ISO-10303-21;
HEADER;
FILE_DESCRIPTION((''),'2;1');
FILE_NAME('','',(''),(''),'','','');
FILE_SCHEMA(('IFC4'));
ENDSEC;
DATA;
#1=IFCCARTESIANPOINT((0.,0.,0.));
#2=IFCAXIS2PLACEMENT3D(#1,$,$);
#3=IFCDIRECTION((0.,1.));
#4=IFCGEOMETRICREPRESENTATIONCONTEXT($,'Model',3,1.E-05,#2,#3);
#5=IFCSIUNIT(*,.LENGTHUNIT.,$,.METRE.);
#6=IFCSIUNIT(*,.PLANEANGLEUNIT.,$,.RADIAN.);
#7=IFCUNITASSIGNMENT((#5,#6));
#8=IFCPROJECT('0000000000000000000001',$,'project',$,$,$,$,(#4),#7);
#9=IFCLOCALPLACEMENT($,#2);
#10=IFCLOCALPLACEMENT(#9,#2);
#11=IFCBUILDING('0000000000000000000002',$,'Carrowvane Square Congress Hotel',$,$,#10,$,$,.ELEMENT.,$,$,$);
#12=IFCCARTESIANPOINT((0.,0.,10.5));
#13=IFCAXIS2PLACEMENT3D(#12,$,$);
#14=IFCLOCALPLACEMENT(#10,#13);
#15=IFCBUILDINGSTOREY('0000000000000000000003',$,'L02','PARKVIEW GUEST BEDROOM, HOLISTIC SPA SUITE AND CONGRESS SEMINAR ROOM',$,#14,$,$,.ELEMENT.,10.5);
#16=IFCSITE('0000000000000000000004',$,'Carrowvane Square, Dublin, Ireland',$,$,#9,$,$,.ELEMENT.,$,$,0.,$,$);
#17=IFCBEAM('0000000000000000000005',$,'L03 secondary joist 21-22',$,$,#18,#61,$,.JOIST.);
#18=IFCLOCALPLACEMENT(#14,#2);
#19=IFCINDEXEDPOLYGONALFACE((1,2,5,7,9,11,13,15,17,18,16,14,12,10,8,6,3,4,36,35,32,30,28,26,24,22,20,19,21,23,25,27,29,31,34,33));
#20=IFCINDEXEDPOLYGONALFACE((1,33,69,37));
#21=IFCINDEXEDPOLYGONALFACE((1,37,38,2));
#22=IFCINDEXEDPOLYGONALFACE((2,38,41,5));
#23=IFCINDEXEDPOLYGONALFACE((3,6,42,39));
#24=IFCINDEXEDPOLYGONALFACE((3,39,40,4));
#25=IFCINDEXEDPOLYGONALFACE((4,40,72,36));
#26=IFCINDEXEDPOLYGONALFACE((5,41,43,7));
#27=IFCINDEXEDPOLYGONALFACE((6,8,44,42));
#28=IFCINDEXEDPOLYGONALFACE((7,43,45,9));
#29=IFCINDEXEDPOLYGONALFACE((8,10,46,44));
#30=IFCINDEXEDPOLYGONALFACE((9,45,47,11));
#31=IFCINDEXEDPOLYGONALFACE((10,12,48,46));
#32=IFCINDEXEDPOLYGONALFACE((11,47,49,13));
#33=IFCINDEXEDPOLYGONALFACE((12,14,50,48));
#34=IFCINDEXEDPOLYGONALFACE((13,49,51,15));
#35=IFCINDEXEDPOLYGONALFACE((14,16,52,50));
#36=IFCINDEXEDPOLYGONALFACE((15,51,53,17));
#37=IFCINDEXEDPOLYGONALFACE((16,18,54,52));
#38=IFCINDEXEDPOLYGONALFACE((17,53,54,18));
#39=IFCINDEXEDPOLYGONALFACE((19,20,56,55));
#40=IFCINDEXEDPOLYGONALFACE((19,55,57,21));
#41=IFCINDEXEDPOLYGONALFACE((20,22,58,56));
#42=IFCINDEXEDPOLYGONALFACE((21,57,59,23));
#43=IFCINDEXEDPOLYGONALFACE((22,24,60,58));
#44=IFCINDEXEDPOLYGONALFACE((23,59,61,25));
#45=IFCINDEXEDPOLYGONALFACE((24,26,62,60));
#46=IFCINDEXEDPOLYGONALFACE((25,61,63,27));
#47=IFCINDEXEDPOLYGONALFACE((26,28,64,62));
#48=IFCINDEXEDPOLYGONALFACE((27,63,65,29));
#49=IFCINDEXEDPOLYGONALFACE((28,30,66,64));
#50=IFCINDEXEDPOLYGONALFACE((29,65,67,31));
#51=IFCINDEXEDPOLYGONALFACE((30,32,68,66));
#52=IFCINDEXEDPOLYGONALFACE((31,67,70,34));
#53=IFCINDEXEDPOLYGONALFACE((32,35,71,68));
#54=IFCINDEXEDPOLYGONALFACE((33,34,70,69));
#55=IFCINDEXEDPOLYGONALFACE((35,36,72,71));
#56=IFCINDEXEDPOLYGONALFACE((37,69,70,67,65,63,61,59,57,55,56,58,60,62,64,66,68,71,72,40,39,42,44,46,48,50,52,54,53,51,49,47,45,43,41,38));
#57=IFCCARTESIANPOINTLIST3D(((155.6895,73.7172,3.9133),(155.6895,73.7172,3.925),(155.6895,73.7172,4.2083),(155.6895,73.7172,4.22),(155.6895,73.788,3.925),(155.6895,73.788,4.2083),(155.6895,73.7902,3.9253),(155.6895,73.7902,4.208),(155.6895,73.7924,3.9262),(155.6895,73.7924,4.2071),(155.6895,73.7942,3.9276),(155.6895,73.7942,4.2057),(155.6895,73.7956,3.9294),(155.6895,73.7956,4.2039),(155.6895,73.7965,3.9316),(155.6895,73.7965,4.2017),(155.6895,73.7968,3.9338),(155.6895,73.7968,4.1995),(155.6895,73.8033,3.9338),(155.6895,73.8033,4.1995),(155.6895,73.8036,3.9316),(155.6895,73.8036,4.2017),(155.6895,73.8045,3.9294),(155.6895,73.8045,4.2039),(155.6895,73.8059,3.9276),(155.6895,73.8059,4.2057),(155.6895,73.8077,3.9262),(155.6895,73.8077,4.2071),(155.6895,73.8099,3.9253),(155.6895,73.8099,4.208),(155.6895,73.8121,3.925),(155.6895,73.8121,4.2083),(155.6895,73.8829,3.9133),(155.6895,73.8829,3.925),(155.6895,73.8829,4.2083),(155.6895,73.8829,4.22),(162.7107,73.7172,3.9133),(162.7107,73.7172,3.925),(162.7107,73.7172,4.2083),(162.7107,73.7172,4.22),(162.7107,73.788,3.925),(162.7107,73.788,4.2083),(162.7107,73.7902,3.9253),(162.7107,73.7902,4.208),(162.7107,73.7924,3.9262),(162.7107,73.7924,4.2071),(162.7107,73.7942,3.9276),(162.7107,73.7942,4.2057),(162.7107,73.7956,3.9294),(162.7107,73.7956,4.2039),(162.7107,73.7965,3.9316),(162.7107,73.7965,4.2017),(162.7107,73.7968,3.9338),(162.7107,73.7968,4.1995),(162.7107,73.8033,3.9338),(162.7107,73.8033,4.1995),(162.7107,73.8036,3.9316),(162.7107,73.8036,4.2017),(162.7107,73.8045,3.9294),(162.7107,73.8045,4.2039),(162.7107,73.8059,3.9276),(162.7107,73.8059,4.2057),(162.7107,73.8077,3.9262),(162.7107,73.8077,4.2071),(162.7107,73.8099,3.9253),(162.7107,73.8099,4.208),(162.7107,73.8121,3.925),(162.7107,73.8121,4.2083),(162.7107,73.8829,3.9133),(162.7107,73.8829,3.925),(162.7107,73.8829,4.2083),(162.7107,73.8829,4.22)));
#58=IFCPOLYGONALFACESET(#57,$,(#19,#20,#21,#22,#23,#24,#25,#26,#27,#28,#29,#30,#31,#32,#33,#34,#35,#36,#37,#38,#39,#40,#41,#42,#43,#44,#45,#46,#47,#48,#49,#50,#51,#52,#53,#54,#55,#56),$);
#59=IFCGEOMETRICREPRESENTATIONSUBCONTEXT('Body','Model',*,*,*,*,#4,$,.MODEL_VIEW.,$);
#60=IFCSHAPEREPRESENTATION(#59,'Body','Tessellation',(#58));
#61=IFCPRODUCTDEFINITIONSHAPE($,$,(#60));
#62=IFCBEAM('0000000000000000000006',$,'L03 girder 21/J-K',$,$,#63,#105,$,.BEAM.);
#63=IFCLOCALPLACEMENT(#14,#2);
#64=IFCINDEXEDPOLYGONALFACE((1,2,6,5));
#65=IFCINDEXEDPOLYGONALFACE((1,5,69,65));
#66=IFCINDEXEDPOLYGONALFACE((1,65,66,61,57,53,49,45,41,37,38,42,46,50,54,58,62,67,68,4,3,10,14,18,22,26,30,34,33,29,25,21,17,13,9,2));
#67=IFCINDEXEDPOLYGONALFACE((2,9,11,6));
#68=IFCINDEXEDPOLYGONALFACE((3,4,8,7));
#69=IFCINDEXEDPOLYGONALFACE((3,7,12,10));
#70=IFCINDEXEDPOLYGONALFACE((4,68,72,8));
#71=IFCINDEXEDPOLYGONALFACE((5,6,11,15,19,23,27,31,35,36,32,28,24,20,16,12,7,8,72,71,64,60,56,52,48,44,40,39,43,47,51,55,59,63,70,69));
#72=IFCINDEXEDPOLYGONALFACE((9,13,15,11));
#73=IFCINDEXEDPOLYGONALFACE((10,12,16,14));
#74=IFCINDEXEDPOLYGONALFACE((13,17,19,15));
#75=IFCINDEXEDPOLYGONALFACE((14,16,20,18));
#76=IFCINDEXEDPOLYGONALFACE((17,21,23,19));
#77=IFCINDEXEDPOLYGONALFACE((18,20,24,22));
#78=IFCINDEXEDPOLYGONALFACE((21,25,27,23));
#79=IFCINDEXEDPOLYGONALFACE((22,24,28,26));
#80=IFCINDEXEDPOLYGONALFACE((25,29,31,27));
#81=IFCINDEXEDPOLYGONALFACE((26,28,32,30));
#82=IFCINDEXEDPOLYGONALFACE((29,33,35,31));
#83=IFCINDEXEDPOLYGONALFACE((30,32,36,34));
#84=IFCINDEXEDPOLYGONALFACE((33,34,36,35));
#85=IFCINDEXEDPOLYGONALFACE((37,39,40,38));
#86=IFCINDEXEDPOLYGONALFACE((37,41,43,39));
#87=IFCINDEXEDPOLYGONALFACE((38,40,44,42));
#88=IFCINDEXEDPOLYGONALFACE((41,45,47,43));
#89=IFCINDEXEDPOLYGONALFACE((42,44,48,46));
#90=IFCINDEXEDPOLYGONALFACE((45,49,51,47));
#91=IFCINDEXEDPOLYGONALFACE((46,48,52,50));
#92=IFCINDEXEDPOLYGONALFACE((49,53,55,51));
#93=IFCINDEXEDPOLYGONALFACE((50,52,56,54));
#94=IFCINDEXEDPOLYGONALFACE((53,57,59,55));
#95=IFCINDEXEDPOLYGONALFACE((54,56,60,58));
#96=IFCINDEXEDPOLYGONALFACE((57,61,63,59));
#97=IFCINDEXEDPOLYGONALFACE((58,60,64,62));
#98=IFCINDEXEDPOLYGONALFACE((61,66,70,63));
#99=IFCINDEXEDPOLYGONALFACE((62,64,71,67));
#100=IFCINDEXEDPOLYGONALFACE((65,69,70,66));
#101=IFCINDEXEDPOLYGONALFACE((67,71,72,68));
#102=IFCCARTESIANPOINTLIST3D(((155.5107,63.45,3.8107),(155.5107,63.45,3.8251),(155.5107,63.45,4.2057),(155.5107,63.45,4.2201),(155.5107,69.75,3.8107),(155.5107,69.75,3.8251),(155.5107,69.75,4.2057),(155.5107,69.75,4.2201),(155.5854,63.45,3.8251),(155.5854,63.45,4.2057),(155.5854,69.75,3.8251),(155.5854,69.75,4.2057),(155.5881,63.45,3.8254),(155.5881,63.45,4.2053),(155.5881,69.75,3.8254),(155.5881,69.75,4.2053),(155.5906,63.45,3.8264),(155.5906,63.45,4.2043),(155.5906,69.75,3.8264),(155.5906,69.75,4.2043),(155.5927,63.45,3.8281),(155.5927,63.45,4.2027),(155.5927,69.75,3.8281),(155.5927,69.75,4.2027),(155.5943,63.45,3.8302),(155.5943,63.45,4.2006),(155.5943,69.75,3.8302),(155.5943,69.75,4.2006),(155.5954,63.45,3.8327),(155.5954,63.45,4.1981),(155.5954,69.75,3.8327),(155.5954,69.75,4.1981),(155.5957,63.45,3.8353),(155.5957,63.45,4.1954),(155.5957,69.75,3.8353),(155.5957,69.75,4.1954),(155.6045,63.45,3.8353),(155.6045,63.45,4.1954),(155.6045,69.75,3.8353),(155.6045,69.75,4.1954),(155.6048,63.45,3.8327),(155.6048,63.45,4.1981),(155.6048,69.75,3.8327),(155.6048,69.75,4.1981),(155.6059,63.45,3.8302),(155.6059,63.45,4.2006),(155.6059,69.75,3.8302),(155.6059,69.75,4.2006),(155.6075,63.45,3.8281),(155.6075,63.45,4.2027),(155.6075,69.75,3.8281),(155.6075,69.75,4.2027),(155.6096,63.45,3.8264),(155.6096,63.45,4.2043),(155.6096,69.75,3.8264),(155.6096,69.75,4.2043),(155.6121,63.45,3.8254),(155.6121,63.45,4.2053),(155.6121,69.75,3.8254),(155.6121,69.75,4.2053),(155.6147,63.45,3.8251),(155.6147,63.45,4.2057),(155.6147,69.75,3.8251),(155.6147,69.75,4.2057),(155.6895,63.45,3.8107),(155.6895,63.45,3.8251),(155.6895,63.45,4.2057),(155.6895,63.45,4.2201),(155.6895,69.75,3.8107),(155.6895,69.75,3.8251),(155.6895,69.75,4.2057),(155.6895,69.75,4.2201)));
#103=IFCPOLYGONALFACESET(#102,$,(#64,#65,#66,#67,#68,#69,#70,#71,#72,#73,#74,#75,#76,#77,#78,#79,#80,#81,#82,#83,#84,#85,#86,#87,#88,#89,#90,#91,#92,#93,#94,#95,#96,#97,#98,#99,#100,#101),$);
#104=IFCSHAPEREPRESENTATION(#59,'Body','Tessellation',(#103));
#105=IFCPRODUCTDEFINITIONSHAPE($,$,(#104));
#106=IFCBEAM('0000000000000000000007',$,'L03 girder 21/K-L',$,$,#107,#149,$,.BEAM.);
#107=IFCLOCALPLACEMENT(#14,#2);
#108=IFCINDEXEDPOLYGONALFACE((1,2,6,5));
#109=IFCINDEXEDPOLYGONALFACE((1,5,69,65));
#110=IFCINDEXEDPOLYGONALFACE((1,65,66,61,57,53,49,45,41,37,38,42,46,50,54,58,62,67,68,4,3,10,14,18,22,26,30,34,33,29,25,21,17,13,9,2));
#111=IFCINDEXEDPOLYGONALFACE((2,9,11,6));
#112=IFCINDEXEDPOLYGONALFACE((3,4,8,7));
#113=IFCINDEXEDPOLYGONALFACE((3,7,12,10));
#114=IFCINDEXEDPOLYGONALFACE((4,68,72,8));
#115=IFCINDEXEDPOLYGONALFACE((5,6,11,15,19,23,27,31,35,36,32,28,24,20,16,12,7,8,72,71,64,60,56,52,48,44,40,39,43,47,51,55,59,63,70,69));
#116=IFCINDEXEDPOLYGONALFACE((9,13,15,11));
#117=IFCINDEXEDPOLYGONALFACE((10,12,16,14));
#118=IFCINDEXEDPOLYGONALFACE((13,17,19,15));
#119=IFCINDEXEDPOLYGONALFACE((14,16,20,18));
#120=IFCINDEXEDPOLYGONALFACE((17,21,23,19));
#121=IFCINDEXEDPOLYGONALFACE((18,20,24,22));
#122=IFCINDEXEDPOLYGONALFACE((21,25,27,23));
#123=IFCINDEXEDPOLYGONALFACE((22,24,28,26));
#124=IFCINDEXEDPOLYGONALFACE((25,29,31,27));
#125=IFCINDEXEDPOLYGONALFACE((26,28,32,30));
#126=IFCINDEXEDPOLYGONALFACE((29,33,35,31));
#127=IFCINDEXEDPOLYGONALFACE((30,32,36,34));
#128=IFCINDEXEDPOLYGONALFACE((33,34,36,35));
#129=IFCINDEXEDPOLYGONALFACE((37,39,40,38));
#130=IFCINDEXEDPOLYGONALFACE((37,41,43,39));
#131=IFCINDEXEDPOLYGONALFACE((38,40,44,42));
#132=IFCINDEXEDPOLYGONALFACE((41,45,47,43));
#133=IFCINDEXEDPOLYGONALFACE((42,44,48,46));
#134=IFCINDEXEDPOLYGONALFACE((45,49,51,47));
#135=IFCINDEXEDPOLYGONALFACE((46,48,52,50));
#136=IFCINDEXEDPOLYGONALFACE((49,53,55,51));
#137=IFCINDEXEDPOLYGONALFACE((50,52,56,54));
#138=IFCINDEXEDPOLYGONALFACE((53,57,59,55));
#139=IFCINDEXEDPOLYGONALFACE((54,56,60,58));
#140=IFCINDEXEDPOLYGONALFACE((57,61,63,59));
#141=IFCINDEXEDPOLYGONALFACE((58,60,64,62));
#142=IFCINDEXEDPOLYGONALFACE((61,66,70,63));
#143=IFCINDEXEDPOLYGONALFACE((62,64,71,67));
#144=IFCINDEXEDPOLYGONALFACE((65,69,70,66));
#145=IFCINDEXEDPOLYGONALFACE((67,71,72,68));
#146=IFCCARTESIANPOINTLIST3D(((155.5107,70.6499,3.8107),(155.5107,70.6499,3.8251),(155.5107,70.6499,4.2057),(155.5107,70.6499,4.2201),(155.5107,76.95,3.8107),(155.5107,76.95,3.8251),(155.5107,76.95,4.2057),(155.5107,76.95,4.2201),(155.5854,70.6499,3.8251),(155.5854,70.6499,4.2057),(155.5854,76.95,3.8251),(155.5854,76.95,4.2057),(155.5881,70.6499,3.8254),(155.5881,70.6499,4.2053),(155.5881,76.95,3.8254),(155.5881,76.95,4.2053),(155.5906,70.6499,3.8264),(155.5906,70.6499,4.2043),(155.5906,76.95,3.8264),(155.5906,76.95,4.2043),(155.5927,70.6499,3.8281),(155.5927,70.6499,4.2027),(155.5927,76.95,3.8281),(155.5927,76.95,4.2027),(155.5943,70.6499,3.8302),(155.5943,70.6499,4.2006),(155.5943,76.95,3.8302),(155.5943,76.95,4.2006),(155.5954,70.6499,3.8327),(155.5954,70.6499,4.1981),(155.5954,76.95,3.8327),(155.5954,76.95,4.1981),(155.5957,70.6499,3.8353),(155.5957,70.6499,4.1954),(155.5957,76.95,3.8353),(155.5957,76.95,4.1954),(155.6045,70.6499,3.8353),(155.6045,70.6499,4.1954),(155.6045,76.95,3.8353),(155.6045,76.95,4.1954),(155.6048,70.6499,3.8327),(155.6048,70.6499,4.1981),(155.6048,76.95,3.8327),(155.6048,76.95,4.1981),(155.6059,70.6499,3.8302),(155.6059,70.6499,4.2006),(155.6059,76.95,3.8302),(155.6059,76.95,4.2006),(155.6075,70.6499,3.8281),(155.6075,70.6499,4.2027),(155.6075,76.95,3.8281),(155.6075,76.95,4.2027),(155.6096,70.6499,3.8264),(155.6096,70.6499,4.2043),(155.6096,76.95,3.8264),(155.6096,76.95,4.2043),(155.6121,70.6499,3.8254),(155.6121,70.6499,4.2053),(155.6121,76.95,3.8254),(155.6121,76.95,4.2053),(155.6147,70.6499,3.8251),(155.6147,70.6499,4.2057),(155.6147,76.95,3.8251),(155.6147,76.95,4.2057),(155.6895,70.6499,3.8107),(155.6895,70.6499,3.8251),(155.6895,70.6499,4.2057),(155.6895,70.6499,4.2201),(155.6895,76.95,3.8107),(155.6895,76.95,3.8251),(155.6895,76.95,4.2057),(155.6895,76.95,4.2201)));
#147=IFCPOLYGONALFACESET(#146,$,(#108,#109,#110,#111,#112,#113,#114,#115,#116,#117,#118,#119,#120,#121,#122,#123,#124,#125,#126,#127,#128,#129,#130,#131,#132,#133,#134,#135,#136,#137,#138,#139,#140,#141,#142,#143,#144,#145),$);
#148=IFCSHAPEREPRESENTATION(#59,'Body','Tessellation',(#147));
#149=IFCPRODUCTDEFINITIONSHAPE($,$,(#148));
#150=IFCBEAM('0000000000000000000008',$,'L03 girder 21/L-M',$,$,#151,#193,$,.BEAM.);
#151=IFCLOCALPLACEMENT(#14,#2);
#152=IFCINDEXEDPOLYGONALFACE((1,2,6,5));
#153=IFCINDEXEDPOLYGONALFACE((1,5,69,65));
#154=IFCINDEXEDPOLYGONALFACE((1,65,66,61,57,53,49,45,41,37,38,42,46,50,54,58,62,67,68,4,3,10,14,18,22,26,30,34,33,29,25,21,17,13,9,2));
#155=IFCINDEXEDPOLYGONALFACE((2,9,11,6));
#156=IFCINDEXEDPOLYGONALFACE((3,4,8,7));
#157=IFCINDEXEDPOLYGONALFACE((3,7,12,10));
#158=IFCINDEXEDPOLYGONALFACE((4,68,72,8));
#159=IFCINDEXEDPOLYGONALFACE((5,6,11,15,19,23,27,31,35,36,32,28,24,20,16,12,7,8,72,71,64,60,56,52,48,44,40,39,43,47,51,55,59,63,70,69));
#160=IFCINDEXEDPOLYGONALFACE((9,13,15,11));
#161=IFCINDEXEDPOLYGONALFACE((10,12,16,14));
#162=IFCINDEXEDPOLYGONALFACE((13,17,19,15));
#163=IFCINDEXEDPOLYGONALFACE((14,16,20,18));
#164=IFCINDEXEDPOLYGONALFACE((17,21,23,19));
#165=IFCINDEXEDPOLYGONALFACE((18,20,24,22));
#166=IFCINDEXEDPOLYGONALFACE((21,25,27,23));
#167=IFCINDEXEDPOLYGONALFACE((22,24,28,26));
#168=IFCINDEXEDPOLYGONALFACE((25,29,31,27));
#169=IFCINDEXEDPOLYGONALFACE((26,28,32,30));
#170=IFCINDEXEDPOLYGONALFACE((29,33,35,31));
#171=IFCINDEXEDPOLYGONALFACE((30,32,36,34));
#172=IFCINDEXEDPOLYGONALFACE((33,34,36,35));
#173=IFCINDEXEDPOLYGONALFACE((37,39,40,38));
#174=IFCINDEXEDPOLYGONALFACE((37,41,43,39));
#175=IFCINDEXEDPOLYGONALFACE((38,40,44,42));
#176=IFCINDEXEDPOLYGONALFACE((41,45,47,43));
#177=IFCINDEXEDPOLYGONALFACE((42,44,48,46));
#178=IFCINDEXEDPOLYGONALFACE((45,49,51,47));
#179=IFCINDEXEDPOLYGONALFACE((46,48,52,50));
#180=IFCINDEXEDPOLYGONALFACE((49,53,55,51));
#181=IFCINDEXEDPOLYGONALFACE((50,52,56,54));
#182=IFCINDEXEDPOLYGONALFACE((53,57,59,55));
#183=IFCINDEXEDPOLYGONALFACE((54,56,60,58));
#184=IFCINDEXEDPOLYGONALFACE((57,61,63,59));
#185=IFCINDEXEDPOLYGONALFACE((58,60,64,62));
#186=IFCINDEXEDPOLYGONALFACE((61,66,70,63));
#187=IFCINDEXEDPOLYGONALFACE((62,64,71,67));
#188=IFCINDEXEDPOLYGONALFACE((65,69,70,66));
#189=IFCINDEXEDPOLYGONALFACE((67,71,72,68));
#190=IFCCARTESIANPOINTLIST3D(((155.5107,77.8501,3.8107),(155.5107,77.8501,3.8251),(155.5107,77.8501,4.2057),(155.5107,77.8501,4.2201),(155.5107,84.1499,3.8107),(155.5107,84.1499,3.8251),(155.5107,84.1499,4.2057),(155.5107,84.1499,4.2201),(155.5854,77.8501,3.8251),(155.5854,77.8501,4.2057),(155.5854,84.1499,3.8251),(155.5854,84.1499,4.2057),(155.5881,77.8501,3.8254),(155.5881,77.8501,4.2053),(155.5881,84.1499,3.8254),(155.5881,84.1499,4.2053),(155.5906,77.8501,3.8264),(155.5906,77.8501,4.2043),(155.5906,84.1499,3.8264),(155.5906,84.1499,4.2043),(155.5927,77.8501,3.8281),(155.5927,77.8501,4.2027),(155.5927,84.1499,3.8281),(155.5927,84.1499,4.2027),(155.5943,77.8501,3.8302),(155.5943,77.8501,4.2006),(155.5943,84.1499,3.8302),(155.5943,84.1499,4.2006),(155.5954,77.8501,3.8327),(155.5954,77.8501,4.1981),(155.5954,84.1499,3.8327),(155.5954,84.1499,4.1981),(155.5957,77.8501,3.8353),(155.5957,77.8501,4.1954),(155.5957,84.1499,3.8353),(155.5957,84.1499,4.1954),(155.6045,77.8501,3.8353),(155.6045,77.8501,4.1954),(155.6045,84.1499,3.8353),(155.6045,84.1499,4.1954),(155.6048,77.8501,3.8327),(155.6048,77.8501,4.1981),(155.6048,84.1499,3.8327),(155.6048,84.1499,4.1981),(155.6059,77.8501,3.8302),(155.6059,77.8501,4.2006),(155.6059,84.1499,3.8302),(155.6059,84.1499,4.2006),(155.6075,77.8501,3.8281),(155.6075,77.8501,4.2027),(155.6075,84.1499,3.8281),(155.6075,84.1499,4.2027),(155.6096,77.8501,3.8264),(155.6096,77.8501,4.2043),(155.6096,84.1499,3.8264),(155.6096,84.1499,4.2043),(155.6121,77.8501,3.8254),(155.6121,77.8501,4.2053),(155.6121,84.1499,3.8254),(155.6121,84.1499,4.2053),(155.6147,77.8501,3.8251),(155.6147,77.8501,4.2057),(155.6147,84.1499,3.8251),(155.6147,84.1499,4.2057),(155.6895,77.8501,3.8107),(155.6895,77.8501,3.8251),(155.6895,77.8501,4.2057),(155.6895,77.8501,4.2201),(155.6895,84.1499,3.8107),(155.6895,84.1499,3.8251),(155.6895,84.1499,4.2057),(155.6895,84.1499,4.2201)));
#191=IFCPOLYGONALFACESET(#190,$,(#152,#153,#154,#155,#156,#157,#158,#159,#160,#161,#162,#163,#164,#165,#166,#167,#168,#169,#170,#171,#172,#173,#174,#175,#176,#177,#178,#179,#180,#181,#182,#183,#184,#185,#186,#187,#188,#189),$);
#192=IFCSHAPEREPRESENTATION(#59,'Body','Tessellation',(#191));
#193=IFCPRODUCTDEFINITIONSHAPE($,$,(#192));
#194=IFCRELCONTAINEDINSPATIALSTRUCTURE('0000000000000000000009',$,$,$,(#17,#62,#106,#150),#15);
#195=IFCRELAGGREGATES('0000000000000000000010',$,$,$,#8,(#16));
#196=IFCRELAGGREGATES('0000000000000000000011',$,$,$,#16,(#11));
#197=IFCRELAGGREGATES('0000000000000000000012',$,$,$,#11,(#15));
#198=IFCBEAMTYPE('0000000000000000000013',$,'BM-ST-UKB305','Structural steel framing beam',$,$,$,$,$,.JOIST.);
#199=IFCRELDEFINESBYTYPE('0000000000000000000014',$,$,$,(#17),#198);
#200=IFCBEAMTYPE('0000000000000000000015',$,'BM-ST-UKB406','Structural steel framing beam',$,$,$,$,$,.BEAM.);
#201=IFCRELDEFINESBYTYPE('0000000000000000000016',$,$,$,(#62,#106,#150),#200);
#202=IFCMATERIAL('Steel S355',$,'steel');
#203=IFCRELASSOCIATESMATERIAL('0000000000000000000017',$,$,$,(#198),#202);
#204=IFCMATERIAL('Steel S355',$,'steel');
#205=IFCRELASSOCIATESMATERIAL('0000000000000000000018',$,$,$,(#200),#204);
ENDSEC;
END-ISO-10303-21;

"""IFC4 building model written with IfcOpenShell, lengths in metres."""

from ifc_helpers import new_model, si_unit, direction, frame, origin, origin_2d, place, context, subcontext, project, spatial, i_section, extrude, material, material_profile, profile_set, type_object, element, save


model = new_model("IFC4")

# Units and contexts
model_context = context("Model", 3, precision=1e-05, world=origin(), true_north=direction((0.0, 1.0)))
body_context = subcontext(model_context, "Body", "Model", "MODEL_VIEW")
ifc_project = project(units=[si_unit("LENGTHUNIT", "METRE"), si_unit("PLANEANGLEUNIT", "RADIAN")], contexts=[model_context])

# Site, building, storey
site_placement = place(None, origin())
site = spatial("IfcSite", under=ifc_project, at=site_placement, Name="Carrowvane Square, Dublin, Ireland", CompositionType="ELEMENT", RefElevation=0.0)
building_placement = place(site_placement, origin())
building = spatial("IfcBuilding", under=site, at=building_placement, Name="Carrowvane Square Congress Hotel", CompositionType="ELEMENT")
storey_placement = place(building_placement, frame((0.0, 0.0, 10.5)))
storey = spatial("IfcBuildingStorey", under=building, at=storey_placement, Name="L02", Description="PARKVIEW GUEST BEDROOM, HOLISTIC SPA SUITE AND CONGRESS SEMINAR ROOM", CompositionType="ELEMENT", Elevation=10.5)

# Beams
ifc_material_1 = material(Name="Steel S355", Category="steel")
ifc_material_profile_1 = material_profile(ifc_material_1, i_section(OverallWidth=0.1658, OverallDepth=0.3066, WebThickness=0.0066, FlangeThickness=0.0117, FilletRadius=0.0088, at=origin_2d()), Name="UKB 305x165x46")
ifc_profile_set_1 = profile_set([ifc_material_profile_1], Name="Steel S355")
beam_type_1 = type_object("IfcBeamType", Name="BM-ST-UKB305", Description="Structural steel framing beam", PredefinedType="JOIST", material=ifc_profile_set_1)
for number, where, z_axis, x_axis, name in (
    (1, (155.6895, 73.8, 4.0667), (1.0, 0.0, 0.0), (0.0, 1.0, 0.0), "L03 secondary joist 21-22"),
):
    element("IfcBeam", number, at=place(storey_placement, frame(where, z_axis=z_axis, x_axis=x_axis)), inside=storey, type_object=beam_type_1, Name=name, PredefinedType="JOIST", context=body_context, shape_type="SweptSolid", body=[
        extrude(i_section(OverallWidth=0.1658, OverallDepth=0.3066, WebThickness=0.0066, FlangeThickness=0.0117, FilletRadius=0.0088, at=origin_2d()), origin(), (0.0, 0.0, 1.0), 7.0212),
    ])
ifc_material_2 = material(Name="Steel S355", Category="steel")
ifc_material_profile_2 = material_profile(ifc_material_2, i_section(OverallWidth=0.1787, OverallDepth=0.4094, WebThickness=0.0088, FlangeThickness=0.0144, FilletRadius=0.0103, at=origin_2d()), Name="UKB 406x178x67")
ifc_profile_set_2 = profile_set([ifc_material_profile_2], Name="Steel S355")
beam_type_2 = type_object("IfcBeamType", Name="BM-ST-UKB406", Description="Structural steel framing beam", PredefinedType="BEAM", material=ifc_profile_set_2)
for number, where, z_axis, x_axis, name in (
    (2, (155.6001, 63.45, 4.0154), (0.0, 1.0, 0.0), (-1.0, 0.0, 0.0), "L03 girder 21/J-K"),
    (3, (155.6001, 70.6499, 4.0154), (0.0, 1.0, 0.0), (-1.0, 0.0, 0.0), "L03 girder 21/K-L"),
):
    element("IfcBeam", number, at=place(storey_placement, frame(where, z_axis=z_axis, x_axis=x_axis)), inside=storey, type_object=beam_type_2, Name=name, PredefinedType="BEAM", context=body_context, shape_type="SweptSolid", body=[
        extrude(i_section(OverallWidth=0.1787, OverallDepth=0.4094, WebThickness=0.0088, FlangeThickness=0.0144, FilletRadius=0.0103, at=origin_2d()), origin(), (0.0, 0.0, 1.0), 6.3),
    ])
beam_1_placement = place(storey_placement, frame((155.6001, 77.8501, 4.0154), z_axis=(0.0, 1.0, 0.0), x_axis=(-1.0, 0.0, 0.0)))
element("IfcBeam", 4, at=beam_1_placement, inside=storey, type_object=beam_type_2, Name="L03 girder 21/L-M", PredefinedType="BEAM", context=body_context, shape_type="SweptSolid", body=[
    extrude(i_section(OverallWidth=0.1787, OverallDepth=0.4094, WebThickness=0.0088, FlangeThickness=0.0144, FilletRadius=0.0103, at=origin_2d()), origin(), (0.0, 0.0, 1.0), 6.2998),
])

save(model, "model.ifc")
